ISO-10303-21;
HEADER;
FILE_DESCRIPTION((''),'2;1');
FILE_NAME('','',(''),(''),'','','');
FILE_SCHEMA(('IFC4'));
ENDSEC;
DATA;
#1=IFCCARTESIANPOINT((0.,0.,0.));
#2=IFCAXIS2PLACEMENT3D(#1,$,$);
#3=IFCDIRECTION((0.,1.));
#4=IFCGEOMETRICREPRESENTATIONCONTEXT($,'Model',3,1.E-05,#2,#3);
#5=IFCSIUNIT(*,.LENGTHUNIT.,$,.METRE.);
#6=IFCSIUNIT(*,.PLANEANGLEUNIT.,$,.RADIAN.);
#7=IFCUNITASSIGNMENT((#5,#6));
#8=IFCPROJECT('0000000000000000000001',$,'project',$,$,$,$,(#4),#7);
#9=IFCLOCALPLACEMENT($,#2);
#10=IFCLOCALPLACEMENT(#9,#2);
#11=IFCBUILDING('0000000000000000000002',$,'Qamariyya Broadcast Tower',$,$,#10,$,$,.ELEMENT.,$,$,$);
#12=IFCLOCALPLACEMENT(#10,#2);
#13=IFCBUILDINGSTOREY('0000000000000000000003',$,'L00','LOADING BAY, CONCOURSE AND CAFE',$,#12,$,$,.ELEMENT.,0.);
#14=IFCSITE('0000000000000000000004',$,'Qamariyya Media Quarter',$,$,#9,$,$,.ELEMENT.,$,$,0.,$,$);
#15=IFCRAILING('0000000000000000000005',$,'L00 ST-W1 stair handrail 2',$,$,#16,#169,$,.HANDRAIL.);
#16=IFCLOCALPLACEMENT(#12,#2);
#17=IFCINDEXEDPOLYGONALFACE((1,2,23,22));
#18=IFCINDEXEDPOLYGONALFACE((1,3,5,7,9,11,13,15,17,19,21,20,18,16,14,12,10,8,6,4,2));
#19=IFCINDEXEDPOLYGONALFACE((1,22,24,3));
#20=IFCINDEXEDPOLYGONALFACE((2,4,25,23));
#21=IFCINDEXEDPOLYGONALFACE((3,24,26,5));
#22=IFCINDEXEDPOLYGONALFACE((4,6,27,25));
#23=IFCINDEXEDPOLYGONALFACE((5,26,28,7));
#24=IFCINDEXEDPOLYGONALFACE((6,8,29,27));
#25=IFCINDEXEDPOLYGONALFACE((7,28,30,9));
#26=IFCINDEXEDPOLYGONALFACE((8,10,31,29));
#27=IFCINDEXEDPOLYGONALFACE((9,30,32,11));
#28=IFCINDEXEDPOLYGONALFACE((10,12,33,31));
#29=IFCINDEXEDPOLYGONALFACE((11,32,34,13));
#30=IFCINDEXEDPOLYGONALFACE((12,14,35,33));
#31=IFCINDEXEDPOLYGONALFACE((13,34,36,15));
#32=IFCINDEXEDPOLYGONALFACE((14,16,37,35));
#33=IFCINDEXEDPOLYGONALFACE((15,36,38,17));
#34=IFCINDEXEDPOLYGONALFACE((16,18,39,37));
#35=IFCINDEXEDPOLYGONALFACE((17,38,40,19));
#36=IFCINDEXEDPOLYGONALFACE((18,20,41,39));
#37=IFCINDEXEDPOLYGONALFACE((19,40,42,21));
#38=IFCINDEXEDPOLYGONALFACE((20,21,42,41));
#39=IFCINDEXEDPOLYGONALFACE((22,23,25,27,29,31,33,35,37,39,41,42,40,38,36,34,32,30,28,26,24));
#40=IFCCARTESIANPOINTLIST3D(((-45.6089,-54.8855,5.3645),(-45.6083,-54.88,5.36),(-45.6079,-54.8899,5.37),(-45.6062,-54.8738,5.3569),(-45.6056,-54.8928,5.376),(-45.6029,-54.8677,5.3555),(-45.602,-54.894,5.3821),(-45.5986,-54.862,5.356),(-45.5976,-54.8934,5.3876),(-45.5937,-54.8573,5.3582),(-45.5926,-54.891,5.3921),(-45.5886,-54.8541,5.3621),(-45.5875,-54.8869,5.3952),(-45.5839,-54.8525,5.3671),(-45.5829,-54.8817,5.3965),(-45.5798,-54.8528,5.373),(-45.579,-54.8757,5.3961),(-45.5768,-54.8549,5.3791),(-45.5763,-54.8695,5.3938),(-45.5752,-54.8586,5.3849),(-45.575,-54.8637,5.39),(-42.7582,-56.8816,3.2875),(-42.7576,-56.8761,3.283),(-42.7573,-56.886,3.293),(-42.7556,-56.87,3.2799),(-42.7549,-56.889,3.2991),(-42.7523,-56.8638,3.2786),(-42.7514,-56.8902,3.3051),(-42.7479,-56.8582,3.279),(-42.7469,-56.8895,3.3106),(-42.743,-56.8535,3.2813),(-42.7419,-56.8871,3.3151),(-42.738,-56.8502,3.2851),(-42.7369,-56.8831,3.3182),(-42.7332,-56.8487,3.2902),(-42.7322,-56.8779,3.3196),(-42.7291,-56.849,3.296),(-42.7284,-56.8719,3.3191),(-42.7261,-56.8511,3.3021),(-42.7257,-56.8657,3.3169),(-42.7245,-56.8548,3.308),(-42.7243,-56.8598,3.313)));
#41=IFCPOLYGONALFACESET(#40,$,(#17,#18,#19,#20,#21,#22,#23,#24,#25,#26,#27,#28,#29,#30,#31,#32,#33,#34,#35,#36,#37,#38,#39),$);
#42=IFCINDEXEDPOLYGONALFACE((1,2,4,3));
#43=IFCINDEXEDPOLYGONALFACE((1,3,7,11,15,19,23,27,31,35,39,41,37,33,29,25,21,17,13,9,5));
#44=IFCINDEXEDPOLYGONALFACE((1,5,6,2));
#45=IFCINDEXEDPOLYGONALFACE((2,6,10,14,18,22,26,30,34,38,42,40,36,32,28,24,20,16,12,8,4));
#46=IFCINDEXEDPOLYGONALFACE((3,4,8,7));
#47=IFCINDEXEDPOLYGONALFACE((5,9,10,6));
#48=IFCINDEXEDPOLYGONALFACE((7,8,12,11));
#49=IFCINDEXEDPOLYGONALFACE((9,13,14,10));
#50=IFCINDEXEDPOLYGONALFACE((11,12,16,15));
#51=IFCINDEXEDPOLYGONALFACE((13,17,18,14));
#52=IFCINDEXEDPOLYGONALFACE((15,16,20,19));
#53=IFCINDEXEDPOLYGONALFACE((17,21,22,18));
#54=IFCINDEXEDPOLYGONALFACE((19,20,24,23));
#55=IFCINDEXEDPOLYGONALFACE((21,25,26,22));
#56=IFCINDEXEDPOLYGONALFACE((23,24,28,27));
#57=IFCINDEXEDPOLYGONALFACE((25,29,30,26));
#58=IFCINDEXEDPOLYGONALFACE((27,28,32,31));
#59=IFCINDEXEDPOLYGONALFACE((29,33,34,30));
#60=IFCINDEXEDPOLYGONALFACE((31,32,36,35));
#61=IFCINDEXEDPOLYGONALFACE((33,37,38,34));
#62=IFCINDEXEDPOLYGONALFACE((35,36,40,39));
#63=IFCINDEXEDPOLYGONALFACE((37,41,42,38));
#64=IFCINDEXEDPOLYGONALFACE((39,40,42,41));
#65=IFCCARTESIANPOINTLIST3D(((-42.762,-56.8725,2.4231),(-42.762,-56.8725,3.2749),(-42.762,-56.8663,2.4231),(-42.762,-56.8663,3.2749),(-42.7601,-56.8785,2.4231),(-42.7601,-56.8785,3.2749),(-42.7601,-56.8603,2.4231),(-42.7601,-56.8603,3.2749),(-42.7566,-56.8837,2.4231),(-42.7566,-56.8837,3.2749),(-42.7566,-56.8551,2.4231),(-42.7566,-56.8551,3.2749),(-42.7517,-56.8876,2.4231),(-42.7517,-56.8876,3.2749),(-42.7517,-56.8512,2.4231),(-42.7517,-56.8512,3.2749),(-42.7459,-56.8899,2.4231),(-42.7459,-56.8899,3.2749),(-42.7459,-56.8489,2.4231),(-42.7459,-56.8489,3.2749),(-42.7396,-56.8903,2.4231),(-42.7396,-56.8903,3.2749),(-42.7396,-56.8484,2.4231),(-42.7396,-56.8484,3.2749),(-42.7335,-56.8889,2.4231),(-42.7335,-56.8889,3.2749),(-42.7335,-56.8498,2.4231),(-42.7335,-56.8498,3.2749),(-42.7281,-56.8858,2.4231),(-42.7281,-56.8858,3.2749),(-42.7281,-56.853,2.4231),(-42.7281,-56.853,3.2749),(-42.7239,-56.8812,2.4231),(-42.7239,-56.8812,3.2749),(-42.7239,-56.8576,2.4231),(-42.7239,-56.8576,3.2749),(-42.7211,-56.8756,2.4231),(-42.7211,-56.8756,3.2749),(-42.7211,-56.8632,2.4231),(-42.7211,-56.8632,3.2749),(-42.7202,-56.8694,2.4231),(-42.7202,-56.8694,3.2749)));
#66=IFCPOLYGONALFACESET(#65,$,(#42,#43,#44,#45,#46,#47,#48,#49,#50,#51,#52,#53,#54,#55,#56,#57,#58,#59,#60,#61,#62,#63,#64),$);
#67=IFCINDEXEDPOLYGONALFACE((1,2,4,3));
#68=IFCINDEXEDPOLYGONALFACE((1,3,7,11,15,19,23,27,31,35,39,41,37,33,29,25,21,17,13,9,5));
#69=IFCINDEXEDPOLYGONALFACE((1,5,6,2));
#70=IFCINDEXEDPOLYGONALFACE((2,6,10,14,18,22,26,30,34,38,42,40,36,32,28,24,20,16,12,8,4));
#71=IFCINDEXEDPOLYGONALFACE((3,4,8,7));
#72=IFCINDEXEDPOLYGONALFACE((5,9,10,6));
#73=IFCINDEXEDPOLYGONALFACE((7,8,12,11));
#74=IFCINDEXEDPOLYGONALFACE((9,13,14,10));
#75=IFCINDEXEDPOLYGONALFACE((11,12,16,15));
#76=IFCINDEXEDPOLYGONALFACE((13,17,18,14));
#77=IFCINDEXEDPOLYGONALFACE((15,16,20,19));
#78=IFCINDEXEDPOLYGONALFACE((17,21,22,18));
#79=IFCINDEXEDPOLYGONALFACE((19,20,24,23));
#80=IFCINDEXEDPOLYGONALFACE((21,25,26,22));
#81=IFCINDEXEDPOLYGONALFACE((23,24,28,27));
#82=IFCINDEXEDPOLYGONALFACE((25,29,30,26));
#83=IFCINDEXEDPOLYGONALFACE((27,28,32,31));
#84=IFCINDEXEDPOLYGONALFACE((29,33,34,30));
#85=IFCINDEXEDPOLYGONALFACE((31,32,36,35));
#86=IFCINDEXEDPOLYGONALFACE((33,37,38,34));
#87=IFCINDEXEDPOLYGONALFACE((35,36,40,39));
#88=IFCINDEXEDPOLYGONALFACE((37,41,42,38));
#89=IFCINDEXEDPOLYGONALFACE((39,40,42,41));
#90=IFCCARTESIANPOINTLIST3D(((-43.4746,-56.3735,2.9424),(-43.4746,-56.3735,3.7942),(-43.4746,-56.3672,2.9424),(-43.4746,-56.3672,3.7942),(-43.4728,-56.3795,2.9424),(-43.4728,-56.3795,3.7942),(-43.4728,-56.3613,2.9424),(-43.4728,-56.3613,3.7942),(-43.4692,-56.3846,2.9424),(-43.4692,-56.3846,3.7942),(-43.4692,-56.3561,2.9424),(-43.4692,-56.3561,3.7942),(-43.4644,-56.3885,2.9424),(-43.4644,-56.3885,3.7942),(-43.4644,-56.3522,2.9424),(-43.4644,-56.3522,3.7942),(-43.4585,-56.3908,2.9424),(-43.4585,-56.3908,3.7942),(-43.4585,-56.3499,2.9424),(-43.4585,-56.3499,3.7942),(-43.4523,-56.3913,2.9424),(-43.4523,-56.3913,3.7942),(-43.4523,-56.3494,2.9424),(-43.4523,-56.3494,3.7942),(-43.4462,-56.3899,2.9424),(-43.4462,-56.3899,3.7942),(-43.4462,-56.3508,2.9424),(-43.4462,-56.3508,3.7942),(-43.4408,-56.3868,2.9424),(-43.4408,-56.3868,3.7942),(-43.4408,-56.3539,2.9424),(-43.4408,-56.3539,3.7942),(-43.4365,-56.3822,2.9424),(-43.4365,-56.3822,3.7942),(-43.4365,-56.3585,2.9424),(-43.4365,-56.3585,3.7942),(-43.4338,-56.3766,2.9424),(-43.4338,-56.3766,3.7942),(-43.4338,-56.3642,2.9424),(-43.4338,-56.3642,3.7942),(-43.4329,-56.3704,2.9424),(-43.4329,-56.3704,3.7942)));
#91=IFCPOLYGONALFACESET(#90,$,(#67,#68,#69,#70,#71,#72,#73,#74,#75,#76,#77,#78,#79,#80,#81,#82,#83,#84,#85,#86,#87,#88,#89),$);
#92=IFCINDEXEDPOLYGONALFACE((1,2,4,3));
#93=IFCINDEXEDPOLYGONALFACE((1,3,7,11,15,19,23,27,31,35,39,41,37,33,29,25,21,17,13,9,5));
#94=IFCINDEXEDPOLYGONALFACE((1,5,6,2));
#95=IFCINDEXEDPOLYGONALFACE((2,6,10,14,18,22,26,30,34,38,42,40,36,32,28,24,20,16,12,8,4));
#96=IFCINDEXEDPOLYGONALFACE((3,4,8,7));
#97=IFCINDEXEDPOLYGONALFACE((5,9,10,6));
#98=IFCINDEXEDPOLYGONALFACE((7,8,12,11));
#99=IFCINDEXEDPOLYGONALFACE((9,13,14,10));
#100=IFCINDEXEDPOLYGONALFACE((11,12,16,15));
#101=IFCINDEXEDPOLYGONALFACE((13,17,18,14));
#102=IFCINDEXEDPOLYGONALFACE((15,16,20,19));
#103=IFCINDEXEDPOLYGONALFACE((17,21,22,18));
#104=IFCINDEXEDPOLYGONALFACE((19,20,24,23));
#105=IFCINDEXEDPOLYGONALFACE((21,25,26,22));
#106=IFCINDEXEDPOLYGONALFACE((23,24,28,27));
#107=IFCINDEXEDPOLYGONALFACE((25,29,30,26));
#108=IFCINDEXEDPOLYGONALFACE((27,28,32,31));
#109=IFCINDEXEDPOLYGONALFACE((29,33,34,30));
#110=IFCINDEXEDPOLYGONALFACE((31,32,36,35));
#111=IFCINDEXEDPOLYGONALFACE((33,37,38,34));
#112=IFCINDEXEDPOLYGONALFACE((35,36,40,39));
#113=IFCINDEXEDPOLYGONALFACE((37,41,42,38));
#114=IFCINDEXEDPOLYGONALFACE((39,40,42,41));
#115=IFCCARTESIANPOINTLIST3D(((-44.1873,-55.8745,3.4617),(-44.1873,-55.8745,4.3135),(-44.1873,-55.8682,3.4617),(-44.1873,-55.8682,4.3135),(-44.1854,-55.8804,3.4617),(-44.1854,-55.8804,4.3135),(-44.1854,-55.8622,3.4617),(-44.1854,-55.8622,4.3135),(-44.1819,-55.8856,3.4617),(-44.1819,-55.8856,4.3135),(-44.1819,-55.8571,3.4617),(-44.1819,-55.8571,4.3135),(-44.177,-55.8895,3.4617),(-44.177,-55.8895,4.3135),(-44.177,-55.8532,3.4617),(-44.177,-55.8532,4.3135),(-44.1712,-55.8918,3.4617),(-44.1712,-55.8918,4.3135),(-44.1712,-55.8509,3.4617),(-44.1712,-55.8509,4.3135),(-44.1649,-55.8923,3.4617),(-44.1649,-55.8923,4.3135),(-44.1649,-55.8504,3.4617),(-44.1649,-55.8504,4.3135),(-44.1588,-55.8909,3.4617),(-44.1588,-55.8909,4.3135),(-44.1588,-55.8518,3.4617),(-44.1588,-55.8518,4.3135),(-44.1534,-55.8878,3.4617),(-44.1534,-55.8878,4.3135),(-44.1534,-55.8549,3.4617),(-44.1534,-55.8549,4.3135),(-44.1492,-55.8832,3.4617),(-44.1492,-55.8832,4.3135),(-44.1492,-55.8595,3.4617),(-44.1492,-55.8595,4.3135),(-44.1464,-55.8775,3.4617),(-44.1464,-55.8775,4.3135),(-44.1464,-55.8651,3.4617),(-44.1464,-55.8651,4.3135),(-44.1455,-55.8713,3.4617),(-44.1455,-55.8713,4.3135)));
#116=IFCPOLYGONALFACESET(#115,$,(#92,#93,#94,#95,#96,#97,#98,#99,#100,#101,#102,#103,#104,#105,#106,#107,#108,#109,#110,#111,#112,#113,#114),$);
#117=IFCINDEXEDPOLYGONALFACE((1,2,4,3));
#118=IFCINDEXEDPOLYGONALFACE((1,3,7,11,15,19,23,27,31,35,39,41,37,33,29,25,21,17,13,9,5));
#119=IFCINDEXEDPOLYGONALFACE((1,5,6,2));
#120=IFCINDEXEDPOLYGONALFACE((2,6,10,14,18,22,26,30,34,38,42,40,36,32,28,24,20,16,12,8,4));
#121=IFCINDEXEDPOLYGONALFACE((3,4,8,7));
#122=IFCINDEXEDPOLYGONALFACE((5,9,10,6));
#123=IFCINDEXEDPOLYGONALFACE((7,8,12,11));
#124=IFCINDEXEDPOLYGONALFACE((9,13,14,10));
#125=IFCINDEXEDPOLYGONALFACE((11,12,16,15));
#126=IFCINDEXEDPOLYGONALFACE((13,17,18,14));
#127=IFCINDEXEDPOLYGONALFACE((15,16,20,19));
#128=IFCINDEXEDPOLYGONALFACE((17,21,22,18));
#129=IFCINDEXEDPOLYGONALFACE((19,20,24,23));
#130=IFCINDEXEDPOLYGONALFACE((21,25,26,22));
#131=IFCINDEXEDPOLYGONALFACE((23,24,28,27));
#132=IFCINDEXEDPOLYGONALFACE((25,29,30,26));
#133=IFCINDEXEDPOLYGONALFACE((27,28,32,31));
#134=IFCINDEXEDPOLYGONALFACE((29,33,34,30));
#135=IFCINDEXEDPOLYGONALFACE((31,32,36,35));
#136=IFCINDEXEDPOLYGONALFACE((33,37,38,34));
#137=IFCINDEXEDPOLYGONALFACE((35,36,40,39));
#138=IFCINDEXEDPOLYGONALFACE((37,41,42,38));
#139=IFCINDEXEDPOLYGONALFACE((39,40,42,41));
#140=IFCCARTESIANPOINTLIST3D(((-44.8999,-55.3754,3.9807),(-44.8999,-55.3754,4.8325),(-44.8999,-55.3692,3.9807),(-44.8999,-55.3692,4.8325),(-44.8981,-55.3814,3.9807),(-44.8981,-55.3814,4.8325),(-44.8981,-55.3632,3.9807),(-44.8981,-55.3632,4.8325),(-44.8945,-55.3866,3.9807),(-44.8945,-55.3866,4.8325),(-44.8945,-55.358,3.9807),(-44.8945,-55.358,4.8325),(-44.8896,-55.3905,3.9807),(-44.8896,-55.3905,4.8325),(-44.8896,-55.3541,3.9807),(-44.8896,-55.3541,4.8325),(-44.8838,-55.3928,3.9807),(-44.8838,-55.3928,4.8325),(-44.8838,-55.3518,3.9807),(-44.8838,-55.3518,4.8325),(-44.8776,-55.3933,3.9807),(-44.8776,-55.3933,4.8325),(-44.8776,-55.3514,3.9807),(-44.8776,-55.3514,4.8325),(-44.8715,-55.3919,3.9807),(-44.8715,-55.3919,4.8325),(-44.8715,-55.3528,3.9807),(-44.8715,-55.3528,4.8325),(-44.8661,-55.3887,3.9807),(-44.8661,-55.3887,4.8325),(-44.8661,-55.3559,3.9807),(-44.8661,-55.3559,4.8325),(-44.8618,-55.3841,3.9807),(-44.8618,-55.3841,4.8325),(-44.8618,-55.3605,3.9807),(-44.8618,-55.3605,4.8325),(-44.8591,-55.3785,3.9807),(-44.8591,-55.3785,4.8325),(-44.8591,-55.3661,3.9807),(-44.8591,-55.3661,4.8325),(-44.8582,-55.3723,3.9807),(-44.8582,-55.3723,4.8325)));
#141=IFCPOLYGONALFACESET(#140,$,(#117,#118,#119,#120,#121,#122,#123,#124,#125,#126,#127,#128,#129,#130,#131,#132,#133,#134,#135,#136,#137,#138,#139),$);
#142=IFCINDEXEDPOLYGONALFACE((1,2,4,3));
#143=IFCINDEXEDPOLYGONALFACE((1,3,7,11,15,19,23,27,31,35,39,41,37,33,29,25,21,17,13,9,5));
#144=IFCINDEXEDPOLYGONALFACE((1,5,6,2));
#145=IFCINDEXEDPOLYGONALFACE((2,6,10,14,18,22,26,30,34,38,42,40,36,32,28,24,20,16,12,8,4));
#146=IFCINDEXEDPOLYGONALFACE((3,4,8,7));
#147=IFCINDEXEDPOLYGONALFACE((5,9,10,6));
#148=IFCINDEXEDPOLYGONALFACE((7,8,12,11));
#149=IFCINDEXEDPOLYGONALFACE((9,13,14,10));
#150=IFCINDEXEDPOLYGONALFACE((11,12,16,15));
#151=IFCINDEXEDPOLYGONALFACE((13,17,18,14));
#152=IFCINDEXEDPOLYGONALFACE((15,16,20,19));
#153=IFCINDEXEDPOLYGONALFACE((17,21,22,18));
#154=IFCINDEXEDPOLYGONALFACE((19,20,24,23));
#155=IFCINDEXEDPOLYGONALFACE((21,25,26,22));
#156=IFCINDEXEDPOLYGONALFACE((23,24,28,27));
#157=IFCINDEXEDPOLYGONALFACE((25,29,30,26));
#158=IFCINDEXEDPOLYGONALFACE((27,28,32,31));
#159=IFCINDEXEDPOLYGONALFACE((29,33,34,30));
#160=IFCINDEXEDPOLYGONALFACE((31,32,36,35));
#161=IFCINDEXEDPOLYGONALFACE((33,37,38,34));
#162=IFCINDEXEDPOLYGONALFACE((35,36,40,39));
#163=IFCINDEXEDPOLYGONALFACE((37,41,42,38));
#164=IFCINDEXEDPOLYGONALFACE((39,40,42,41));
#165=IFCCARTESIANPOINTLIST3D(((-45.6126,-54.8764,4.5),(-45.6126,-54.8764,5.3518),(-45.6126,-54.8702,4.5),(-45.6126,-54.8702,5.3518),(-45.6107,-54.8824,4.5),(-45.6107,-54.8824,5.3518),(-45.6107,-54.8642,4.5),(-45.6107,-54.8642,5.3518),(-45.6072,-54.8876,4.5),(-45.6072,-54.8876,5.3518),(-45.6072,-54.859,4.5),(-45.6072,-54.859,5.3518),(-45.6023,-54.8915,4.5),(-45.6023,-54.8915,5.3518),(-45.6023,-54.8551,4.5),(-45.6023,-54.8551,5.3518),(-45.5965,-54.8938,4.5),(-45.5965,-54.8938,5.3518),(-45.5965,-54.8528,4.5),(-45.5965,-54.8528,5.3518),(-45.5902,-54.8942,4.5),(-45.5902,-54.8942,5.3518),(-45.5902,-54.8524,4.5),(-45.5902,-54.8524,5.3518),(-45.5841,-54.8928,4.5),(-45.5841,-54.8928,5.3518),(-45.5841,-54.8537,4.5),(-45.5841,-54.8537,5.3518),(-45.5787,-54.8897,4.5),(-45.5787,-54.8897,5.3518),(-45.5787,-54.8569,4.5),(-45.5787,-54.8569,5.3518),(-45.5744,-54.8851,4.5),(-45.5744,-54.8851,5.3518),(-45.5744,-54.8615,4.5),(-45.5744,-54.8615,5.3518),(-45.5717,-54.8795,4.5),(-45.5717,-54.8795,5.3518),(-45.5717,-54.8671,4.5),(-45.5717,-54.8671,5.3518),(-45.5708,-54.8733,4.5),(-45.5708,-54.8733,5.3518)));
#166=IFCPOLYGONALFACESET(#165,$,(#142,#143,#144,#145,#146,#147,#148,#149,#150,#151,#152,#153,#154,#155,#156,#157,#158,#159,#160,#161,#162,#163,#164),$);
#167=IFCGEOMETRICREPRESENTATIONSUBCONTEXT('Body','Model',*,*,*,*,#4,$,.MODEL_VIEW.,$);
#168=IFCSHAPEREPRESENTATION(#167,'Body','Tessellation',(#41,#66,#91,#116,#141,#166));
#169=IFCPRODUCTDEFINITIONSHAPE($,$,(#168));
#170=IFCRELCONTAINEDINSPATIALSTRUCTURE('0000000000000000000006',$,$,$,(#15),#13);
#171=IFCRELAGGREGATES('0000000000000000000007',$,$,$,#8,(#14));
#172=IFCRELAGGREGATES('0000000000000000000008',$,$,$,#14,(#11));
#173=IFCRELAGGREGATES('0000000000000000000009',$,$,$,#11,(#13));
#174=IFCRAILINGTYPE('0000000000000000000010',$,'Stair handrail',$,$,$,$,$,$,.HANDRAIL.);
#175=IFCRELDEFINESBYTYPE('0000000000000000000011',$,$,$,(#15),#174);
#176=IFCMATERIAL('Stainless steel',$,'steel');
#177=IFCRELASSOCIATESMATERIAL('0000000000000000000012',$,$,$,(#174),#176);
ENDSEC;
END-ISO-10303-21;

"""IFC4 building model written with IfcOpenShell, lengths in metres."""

from ifc_helpers import new_model, si_unit, direction, frame, origin, origin_2d, place, context, subcontext, project, spatial, circle, extrude, material, type_object, element, save


model = new_model("IFC4")

# Units and contexts
model_context = context("Model", 3, precision=1e-05, world=origin(), true_north=direction((0.0, 1.0)))
body_context = subcontext(model_context, "Body", "Model", "MODEL_VIEW")
ifc_project = project(units=[si_unit("LENGTHUNIT", "METRE"), si_unit("PLANEANGLEUNIT", "RADIAN")], contexts=[model_context])

# Site, building, storey
site_placement = place(None, origin())
site = spatial("IfcSite", under=ifc_project, at=site_placement, Name="Qamariyya Media Quarter", CompositionType="ELEMENT", RefElevation=0.0)
building_placement = place(site_placement, origin())
building = spatial("IfcBuilding", under=site, at=building_placement, Name="Qamariyya Broadcast Tower", CompositionType="ELEMENT")
storey_placement = place(building_placement, origin())
storey = spatial("IfcBuildingStorey", under=building, at=storey_placement, Name="L00", Description="LOADING BAY, CONCOURSE AND CAFE", CompositionType="ELEMENT", Elevation=0.0)

# Railing
ifc_material_1 = material(Name="Stainless steel", Category="steel")
railing_type_1 = type_object("IfcRailingType", Name="Stair handrail", PredefinedType="HANDRAIL", material=ifc_material_1)
for number, where, name in (
    (1, (-42.7412, -56.8694, 2.4231), "L00 ST-W1 stair handrail 2"),
):
    element("IfcRailing", number, at=place(storey_placement, frame(where)), inside=storey, type_object=railing_type_1, Name=name, PredefinedType="HANDRAIL", context=body_context, shape_type="SweptSolid", body=[
        extrude(circle(Radius=0.0239, at=origin_2d()), frame((0.0, 0.0, 0.876), z_axis=(-0.703393, 0.492544, 0.512484), x_axis=(-0.573594, -0.81914, 0.0)), (0.0, 0.0, 1.0), 4.0527),
        extrude(circle(Radius=0.021, at=origin_2d()), origin(), (0.0, 0.0, 1.0), 0.8518),
        extrude(circle(Radius=0.021, at=origin_2d()), frame((-0.7126, 0.499, 0.5193)), (0.0, 0.0, 1.0), 0.8518),
        extrude(circle(Radius=0.021, at=origin_2d()), frame((-1.4253, 0.998, 1.0386)), (0.0, 0.0, 1.0), 0.8518),
        extrude(circle(Radius=0.021, at=origin_2d()), frame((-2.1379, 1.4971, 1.5576)), (0.0, 0.0, 1.0), 0.8518),
        extrude(circle(Radius=0.021, at=origin_2d()), frame((-2.8506, 1.9961, 2.0769)), (0.0, 0.0, 1.0), 0.8518),
    ])

save(model, "model.ifc")
